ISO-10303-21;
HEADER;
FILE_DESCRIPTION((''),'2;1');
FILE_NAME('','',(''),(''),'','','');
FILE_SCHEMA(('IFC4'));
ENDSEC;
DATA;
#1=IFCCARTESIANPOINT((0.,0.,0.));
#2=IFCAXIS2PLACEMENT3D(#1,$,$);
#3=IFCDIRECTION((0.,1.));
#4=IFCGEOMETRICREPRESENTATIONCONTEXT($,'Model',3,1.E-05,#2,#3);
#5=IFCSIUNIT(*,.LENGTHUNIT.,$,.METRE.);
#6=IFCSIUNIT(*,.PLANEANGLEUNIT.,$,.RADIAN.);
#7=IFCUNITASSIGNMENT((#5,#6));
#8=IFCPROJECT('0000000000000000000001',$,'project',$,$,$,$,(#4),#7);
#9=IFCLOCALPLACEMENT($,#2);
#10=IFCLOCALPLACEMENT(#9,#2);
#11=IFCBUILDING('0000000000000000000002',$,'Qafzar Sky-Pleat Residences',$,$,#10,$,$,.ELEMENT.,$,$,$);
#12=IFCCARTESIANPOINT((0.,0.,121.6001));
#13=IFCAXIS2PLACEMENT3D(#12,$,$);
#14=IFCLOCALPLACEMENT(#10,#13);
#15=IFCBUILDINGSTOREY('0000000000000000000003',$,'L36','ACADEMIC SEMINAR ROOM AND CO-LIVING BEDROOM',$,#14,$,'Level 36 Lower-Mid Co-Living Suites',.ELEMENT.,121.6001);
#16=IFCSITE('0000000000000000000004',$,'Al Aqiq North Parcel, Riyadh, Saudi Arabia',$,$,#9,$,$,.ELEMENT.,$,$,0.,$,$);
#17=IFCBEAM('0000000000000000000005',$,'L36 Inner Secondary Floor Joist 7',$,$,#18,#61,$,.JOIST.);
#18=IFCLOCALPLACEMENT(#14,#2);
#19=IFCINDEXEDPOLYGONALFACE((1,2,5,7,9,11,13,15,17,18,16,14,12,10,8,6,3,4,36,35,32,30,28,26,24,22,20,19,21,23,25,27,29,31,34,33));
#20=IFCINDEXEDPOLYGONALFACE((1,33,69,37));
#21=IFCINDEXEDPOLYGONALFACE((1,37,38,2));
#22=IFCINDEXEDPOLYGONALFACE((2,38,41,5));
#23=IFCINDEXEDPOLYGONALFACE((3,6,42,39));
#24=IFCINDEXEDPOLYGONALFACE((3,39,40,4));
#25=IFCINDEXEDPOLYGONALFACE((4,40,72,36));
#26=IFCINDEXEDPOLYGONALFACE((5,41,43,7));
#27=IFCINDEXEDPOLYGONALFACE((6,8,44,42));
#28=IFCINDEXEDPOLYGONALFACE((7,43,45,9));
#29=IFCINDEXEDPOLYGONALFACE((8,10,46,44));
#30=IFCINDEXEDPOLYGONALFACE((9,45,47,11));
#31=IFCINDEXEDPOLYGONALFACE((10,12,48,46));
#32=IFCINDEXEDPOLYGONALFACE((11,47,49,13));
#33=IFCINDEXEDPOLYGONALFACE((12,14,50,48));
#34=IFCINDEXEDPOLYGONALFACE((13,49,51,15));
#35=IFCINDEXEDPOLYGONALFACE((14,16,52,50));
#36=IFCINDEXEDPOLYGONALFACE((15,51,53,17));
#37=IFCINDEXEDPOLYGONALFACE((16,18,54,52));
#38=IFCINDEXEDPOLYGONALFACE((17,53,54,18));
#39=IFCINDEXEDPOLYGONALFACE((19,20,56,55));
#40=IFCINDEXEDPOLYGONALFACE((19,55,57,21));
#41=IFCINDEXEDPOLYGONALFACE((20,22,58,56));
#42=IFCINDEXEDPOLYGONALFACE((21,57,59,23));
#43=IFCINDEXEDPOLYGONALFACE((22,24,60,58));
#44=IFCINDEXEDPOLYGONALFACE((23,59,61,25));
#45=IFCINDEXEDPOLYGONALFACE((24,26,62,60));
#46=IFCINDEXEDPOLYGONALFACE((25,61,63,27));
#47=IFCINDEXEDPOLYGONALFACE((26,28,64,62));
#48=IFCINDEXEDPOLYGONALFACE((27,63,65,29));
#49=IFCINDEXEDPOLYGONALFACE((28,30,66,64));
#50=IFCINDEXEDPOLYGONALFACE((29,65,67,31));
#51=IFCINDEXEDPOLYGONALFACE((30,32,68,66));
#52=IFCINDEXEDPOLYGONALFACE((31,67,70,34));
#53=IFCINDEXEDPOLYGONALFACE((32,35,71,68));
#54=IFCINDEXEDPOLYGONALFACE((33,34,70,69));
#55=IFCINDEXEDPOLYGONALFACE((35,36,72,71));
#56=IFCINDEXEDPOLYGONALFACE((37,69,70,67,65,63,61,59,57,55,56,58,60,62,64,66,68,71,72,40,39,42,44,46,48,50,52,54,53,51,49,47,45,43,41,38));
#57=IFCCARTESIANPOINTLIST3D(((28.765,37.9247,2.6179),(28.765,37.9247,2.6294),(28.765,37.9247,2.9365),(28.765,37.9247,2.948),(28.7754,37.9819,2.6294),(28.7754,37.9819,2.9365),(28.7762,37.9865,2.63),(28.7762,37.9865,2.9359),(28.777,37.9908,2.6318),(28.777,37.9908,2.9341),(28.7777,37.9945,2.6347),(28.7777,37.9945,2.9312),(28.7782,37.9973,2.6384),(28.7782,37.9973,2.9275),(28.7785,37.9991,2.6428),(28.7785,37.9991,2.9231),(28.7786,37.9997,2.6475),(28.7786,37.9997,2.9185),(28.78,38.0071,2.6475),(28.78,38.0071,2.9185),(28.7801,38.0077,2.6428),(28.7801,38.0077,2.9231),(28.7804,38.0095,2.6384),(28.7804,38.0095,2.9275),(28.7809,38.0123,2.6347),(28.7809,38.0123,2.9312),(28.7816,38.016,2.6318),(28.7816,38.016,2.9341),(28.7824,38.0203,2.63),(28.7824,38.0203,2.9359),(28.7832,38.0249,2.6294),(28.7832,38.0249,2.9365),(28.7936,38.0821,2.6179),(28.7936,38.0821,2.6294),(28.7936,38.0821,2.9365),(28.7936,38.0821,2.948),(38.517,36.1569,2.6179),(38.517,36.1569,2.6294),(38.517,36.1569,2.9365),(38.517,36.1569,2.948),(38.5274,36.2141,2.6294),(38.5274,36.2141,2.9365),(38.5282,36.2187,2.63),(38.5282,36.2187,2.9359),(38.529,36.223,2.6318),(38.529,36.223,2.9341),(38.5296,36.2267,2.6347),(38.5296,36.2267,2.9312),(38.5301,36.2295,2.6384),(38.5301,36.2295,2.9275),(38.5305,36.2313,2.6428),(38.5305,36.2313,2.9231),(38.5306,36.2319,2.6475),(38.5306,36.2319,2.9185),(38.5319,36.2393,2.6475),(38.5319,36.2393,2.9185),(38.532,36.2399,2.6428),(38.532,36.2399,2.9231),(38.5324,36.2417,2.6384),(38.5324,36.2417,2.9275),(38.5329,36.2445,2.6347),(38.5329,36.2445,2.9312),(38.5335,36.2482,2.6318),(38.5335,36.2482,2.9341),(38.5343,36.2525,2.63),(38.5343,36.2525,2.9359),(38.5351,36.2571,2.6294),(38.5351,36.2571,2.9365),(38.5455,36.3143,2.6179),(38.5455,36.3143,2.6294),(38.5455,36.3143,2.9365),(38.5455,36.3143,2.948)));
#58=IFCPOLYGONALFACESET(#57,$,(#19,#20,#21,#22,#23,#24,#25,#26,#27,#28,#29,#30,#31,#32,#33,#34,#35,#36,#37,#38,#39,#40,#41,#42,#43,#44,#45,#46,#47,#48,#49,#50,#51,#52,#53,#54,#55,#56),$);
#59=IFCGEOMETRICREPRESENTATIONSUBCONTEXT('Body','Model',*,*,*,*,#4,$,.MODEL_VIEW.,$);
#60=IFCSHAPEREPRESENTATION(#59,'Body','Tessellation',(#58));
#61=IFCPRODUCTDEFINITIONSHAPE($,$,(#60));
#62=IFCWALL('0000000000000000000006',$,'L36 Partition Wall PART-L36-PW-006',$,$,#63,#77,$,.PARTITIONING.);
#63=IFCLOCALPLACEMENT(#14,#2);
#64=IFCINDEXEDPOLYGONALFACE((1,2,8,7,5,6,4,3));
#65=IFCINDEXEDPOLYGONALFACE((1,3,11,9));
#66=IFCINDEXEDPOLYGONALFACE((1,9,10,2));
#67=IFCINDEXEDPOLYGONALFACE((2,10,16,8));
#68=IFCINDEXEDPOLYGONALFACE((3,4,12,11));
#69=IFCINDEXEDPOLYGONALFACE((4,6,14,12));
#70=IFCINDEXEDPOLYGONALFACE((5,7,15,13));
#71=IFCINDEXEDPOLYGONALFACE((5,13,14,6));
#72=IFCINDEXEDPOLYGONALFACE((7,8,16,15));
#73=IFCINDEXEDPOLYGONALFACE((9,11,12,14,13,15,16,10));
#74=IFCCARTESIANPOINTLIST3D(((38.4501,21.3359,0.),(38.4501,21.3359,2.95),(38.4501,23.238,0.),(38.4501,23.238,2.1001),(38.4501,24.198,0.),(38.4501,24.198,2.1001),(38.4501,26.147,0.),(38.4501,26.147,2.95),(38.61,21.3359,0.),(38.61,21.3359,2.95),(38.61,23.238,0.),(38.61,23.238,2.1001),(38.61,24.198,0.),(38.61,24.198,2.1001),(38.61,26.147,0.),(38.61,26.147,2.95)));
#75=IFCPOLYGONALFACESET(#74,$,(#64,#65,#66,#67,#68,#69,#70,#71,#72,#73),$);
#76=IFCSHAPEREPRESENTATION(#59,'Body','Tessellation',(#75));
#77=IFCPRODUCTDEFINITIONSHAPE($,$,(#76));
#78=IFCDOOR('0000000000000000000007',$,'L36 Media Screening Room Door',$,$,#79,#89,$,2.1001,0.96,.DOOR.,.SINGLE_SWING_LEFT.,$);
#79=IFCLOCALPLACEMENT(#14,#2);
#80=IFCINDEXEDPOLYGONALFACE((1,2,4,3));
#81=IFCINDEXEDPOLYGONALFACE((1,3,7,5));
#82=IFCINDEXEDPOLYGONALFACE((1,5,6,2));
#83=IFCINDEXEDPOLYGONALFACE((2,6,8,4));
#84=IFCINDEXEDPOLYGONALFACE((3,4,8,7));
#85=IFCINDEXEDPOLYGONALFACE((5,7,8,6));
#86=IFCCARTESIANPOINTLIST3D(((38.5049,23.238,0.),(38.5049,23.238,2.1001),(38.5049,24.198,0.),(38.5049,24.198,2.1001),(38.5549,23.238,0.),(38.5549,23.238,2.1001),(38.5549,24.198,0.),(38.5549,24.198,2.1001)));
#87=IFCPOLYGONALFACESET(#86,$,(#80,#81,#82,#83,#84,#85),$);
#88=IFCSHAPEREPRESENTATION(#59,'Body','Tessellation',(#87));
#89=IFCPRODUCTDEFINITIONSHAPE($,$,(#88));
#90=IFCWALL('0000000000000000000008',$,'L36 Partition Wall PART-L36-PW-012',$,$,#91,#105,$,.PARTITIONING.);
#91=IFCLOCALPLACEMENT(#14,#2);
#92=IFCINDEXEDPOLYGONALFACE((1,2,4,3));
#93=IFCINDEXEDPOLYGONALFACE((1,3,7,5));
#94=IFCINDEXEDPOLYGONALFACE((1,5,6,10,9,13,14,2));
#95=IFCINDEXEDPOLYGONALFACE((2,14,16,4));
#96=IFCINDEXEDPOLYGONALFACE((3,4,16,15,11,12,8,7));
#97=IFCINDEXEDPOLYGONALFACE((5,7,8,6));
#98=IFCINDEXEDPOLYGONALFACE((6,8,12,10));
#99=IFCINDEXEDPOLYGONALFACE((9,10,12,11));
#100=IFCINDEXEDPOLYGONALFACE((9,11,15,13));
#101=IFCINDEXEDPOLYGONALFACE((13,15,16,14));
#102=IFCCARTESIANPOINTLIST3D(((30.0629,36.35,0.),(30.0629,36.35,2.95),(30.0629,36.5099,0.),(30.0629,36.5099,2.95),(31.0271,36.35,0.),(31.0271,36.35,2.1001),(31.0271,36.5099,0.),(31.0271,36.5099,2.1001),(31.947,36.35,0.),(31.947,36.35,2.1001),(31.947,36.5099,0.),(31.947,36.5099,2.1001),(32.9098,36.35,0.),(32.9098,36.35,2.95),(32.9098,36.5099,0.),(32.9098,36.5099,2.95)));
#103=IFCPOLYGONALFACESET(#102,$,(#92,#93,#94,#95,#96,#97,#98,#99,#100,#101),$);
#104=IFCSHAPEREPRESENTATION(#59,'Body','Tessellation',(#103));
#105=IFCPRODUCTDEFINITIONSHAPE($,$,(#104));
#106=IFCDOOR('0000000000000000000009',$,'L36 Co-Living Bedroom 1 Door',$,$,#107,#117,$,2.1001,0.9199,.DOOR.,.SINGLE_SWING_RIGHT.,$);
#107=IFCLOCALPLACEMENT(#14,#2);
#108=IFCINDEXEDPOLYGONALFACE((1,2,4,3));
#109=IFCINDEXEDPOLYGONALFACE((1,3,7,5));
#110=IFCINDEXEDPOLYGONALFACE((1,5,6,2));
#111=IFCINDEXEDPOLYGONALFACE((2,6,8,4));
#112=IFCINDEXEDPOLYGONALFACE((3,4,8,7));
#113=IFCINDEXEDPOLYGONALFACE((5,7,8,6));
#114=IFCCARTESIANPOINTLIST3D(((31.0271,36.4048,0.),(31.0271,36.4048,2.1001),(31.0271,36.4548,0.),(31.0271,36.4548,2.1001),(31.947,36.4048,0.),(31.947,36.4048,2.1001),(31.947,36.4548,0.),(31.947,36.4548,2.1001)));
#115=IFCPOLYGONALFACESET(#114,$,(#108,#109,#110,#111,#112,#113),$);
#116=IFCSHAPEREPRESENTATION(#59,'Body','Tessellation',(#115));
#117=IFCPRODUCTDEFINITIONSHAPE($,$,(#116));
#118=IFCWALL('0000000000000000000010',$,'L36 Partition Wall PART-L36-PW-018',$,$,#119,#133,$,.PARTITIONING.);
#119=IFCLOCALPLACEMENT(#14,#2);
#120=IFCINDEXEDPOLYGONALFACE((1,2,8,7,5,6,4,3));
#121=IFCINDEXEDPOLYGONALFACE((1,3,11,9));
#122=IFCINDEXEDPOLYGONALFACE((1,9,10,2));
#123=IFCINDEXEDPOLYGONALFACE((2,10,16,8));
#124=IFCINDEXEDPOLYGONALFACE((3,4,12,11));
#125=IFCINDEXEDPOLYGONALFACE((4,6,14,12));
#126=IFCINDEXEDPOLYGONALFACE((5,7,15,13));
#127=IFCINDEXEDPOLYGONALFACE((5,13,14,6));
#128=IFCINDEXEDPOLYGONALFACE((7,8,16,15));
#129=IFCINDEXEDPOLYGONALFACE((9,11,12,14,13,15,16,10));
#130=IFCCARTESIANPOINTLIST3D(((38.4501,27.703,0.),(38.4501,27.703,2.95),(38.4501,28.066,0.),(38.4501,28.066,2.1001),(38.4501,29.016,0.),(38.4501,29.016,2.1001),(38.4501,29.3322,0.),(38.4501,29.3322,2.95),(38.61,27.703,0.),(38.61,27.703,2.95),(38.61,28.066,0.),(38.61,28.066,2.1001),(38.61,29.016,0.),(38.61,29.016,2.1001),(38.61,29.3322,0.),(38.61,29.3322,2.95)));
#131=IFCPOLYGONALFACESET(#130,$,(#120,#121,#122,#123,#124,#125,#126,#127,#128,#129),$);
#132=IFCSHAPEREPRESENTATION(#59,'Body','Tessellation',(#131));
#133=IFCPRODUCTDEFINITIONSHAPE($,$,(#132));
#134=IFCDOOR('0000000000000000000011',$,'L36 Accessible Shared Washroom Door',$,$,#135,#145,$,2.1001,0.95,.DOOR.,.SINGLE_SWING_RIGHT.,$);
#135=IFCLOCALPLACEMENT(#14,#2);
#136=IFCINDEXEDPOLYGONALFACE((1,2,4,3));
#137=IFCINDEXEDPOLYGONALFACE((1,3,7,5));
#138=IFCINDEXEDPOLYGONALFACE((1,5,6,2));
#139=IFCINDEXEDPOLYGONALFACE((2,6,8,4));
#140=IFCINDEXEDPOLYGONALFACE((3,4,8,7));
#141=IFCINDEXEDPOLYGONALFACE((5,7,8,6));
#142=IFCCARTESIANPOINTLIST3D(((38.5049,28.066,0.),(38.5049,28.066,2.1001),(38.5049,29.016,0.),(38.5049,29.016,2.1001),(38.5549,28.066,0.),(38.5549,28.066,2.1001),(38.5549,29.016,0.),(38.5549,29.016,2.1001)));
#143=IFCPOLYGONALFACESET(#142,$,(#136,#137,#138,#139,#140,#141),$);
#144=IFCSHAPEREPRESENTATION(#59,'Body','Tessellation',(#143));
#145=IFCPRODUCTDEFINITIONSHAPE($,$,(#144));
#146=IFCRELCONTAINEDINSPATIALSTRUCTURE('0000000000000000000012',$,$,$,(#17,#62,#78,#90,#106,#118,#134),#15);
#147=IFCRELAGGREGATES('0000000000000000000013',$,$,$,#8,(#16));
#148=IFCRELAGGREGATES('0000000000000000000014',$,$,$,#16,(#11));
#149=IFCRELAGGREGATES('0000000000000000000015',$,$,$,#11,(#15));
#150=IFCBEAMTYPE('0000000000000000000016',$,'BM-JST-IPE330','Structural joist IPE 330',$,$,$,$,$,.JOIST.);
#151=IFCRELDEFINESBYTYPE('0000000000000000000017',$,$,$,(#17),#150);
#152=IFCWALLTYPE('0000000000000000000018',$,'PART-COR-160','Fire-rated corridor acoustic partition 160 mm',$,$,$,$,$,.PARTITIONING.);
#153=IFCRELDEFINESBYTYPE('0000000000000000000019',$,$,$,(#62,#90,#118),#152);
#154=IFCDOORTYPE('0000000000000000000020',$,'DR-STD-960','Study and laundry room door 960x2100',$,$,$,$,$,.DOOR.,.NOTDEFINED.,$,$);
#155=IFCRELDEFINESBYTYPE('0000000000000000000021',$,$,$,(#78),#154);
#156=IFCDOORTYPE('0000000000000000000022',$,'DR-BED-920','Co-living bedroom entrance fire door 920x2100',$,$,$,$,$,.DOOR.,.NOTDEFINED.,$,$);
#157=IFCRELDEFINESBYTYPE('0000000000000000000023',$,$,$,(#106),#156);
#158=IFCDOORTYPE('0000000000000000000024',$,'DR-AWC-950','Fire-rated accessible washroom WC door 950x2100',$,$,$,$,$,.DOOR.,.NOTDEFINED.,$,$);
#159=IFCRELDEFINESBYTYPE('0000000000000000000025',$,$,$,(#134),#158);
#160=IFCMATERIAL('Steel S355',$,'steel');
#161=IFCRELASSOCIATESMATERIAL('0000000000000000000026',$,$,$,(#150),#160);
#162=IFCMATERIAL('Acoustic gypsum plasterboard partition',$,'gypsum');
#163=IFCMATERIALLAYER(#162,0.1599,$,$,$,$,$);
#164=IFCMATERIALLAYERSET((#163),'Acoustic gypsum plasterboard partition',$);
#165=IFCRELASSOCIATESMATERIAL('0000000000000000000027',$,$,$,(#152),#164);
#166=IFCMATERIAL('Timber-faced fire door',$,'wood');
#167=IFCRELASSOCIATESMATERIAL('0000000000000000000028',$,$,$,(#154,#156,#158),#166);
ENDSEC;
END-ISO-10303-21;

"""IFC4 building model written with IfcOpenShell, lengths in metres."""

from ifc_helpers import new_model, si_unit, direction, frame, frame_2d, origin, origin_2d, place, context, subcontext, project, spatial, rectangle, i_section, extrude, source, transform, mapped, material, layer, layer_set, material_profile, profile_set, type_object, element, fill, save


model = new_model("IFC4")

# Units and contexts
model_context = context("Model", 3, precision=1e-05, world=origin(), true_north=direction((0.0, 1.0)))
body_context = subcontext(model_context, "Body", "Model", "MODEL_VIEW")
ifc_project = project(units=[si_unit("LENGTHUNIT", "METRE"), si_unit("PLANEANGLEUNIT", "RADIAN")], contexts=[model_context])

# Site, building, storey
site_placement = place(None, origin())
site = spatial("IfcSite", under=ifc_project, at=site_placement, Name="Al Aqiq North Parcel, Riyadh, Saudi Arabia", CompositionType="ELEMENT", RefElevation=0.0)
building_placement = place(site_placement, origin())
building = spatial("IfcBuilding", under=site, at=building_placement, Name="Qafzar Sky-Pleat Residences", CompositionType="ELEMENT")
storey_placement = place(building_placement, frame((0.0, 0.0, 121.6001)))
storey = spatial("IfcBuildingStorey", under=building, at=storey_placement, Name="L36", Description="ACADEMIC SEMINAR ROOM AND CO-LIVING BEDROOM", LongName="Level 36 Lower-Mid Co-Living Suites", CompositionType="ELEMENT", Elevation=121.6001)

# Beam
ifc_material_1 = material(Name="Steel S355", Category="steel")
ifc_material_profile = material_profile(ifc_material_1, i_section(OverallWidth=0.1599, OverallDepth=0.3301, WebThickness=0.0076, FlangeThickness=0.0115, FilletRadius=0.0181, at=origin_2d()), Name="IPE 330")
ifc_profile_set = profile_set([ifc_material_profile], Name="Steel S355")
beam_type = type_object("IfcBeamType", Name="BM-JST-IPE330", Description="Structural joist IPE 330", PredefinedType="JOIST", material=ifc_profile_set)
shared_shape_1 = source(origin(), body_context, "Body", "SweptSolid", [
    extrude(i_section(OverallWidth=0.1599, OverallDepth=0.3301, WebThickness=0.0076, FlangeThickness=0.0115, FilletRadius=0.0181, at=origin_2d()), origin(), (0.0, 0.0, 1.0), 9.9109),
])
beam_placement = place(storey_placement, frame((38.5312, 36.2356, 2.783), z_axis=(-0.983963, 0.178372, 0.0), x_axis=(-0.178372, -0.983963, 0.0)))
element("IfcBeam", 1, at=beam_placement, inside=storey, type_object=beam_type, Name="L36 Inner Secondary Floor Joist 7", PredefinedType="JOIST", context=body_context, shape_type="MappedRepresentation", body=[
    mapped(shared_shape_1, transform((0.0, 0.0, 0.0), x_axis=(1.0, 0.0, 0.0), y_axis=(0.0, 1.0, 0.0), z_axis=(0.0, 0.0, 1.0), scale=1.0)),
])

# Walls, openings, doors
ifc_material_2 = material(Name="Acoustic gypsum plasterboard partition", Category="gypsum")
ifc_layer_1 = layer(ifc_material_2, 0.1599)
ifc_layer_set_1 = layer_set([ifc_layer_1], Name="Acoustic gypsum plasterboard partition")
wall_type_1 = type_object("IfcWallType", Name="PART-COR-160", Description="Fire-rated corridor acoustic partition 160 mm", PredefinedType="PARTITIONING", material=ifc_layer_set_1)
wall_1_placement = place(storey_placement, frame((38.53, 26.147, 0.0), z_axis=(0.0, 0.0, 1.0), x_axis=(0.0, -1.0, 0.0)))
wall_1 = element("IfcWall", 2, at=wall_1_placement, inside=storey, type_object=wall_type_1, Name="L36 Partition Wall PART-L36-PW-006", PredefinedType="PARTITIONING", context=body_context, shape_type="SweptSolid", body=[
    extrude(rectangle(XDim=4.811, YDim=0.1599, at=frame_2d((2.4055, 0.0))), origin(), (0.0, 0.0, 1.0), 2.95),
])
opening_1_placement = place(wall_1_placement, frame((1.949, 0.0, 0.0)))
opening_1 = element("IfcOpeningElement", 3, at=opening_1_placement, cuts=wall_1, PredefinedType="OPENING", context=body_context, shape_type="SweptSolid", body=[
    extrude(rectangle(XDim=0.96, YDim=2.1001, at=frame_2d((0.48, 1.05))), frame((0.0, 0.0898, 0.0), z_axis=(0.0, -1.0, 0.0), x_axis=(1.0, 0.0, 0.0)), (0.0, 0.0, 1.0), 0.1799),
])
ifc_material_3 = material(Name="Timber-faced fire door", Category="wood")
door_type_1 = type_object("IfcDoorType", Name="DR-STD-960", Description="Study and laundry room door 960x2100", OperationType="NOTDEFINED", PredefinedType="DOOR", material=ifc_material_3)
shared_shape_2 = source(origin(), body_context, "Body", "SweptSolid", [
    extrude(rectangle(XDim=0.96, YDim=2.1001, at=frame_2d((0.48, 1.05))), frame((0.0, 0.0249, 0.0), z_axis=(0.0, -1.0, 0.0), x_axis=(1.0, 0.0, 0.0)), (0.0, 0.0, 1.0), 0.05),
])
door_1_placement = place(opening_1_placement, origin())
door_1 = element("IfcDoor", 4, at=door_1_placement, inside=storey, type_object=door_type_1, Name="L36 Media Screening Room Door", OperationType="SINGLE_SWING_LEFT", OverallHeight=2.1001, OverallWidth=0.96, PredefinedType="DOOR", context=body_context, shape_type="MappedRepresentation", body=[
    mapped(shared_shape_2, transform((0.0, 0.0, 0.0), x_axis=(1.0, 0.0, 0.0), y_axis=(0.0, 1.0, 0.0), z_axis=(0.0, 0.0, 1.0), scale=1.0)),
])
fill(opening_1, door_1)
wall_2_placement = place(storey_placement, frame((30.063, 36.4299, 0.0), z_axis=(0.0, 0.0, 1.0), x_axis=(1.0, 0.0, 0.0)))
wall_2 = element("IfcWall", 5, at=wall_2_placement, inside=storey, type_object=wall_type_1, Name="L36 Partition Wall PART-L36-PW-012", PredefinedType="PARTITIONING", context=body_context, shape_type="SweptSolid", body=[
    extrude(rectangle(XDim=2.8469, YDim=0.1599, at=frame_2d((1.4233, 0.0))), origin(), (0.0, 0.0, 1.0), 2.95),
])
opening_2_placement = place(wall_2_placement, frame((0.9641, 0.0, 0.0)))
opening_2 = element("IfcOpeningElement", 6, at=opening_2_placement, cuts=wall_2, PredefinedType="OPENING", context=body_context, shape_type="SweptSolid", body=[
    extrude(rectangle(XDim=0.9199, YDim=2.1001, at=frame_2d((0.46, 1.05))), frame((0.0, 0.0898, 0.0), z_axis=(0.0, -1.0, 0.0), x_axis=(1.0, 0.0, 0.0)), (0.0, 0.0, 1.0), 0.1799),
])
door_type_2 = type_object("IfcDoorType", Name="DR-BED-920", Description="Co-living bedroom entrance fire door 920x2100", OperationType="NOTDEFINED", PredefinedType="DOOR", material=ifc_material_3)
shared_shape_3 = source(origin(), body_context, "Body", "SweptSolid", [
    extrude(rectangle(XDim=0.9199, YDim=2.1001, at=frame_2d((0.46, 1.05))), frame((0.0, 0.0249, 0.0), z_axis=(0.0, -1.0, 0.0), x_axis=(1.0, 0.0, 0.0)), (0.0, 0.0, 1.0), 0.05),
])
door_2_placement = place(opening_2_placement, origin())
door_2 = element("IfcDoor", 7, at=door_2_placement, inside=storey, type_object=door_type_2, Name="L36 Co-Living Bedroom 1 Door", OperationType="SINGLE_SWING_RIGHT", OverallHeight=2.1001, OverallWidth=0.9199, PredefinedType="DOOR", context=body_context, shape_type="MappedRepresentation", body=[
    mapped(shared_shape_3, transform((0.0, 0.0, 0.0), x_axis=(1.0, 0.0, 0.0), y_axis=(0.0, 1.0, 0.0), z_axis=(0.0, 0.0, 1.0), scale=1.0)),
])
fill(opening_2, door_2)
wall_3_placement = place(storey_placement, frame((38.53, 29.332, 0.0), z_axis=(0.0, 0.0, 1.0), x_axis=(0.0, -1.0, 0.0)))
wall_3 = element("IfcWall", 8, at=wall_3_placement, inside=storey, type_object=wall_type_1, Name="L36 Partition Wall PART-L36-PW-018", PredefinedType="PARTITIONING", context=body_context, shape_type="SweptSolid", body=[
    extrude(rectangle(XDim=1.6292, YDim=0.1599, at=frame_2d((0.8145, 0.0))), origin(), (0.0, 0.0, 1.0), 2.95),
])
opening_3_placement = place(wall_3_placement, frame((0.3159, 0.0, 0.0)))
opening_3 = element("IfcOpeningElement", 9, at=opening_3_placement, cuts=wall_3, PredefinedType="OPENING", context=body_context, shape_type="SweptSolid", body=[
    extrude(rectangle(XDim=0.95, YDim=2.1001, at=frame_2d((0.4751, 1.05))), frame((0.0, 0.0898, 0.0), z_axis=(0.0, -1.0, 0.0), x_axis=(1.0, 0.0, 0.0)), (0.0, 0.0, 1.0), 0.1799),
])
door_type_3 = type_object("IfcDoorType", Name="DR-AWC-950", Description="Fire-rated accessible washroom WC door 950x2100", OperationType="NOTDEFINED", PredefinedType="DOOR", material=ifc_material_3)
shared_shape_4 = source(origin(), body_context, "Body", "SweptSolid", [
    extrude(rectangle(XDim=0.95, YDim=2.1001, at=frame_2d((0.4751, 1.05))), frame((0.0, 0.0249, 0.0), z_axis=(0.0, -1.0, 0.0), x_axis=(1.0, 0.0, 0.0)), (0.0, 0.0, 1.0), 0.05),
])
door_3_placement = place(opening_3_placement, origin())
door_3 = element("IfcDoor", 10, at=door_3_placement, inside=storey, type_object=door_type_3, Name="L36 Accessible Shared Washroom Door", OperationType="SINGLE_SWING_RIGHT", OverallHeight=2.1001, OverallWidth=0.95, PredefinedType="DOOR", context=body_context, shape_type="MappedRepresentation", body=[
    mapped(shared_shape_4, transform((0.0, 0.0, 0.0), x_axis=(1.0, 0.0, 0.0), y_axis=(0.0, 1.0, 0.0), z_axis=(0.0, 0.0, 1.0), scale=1.0)),
])
fill(opening_3, door_3)

save(model, "model.ifc")
